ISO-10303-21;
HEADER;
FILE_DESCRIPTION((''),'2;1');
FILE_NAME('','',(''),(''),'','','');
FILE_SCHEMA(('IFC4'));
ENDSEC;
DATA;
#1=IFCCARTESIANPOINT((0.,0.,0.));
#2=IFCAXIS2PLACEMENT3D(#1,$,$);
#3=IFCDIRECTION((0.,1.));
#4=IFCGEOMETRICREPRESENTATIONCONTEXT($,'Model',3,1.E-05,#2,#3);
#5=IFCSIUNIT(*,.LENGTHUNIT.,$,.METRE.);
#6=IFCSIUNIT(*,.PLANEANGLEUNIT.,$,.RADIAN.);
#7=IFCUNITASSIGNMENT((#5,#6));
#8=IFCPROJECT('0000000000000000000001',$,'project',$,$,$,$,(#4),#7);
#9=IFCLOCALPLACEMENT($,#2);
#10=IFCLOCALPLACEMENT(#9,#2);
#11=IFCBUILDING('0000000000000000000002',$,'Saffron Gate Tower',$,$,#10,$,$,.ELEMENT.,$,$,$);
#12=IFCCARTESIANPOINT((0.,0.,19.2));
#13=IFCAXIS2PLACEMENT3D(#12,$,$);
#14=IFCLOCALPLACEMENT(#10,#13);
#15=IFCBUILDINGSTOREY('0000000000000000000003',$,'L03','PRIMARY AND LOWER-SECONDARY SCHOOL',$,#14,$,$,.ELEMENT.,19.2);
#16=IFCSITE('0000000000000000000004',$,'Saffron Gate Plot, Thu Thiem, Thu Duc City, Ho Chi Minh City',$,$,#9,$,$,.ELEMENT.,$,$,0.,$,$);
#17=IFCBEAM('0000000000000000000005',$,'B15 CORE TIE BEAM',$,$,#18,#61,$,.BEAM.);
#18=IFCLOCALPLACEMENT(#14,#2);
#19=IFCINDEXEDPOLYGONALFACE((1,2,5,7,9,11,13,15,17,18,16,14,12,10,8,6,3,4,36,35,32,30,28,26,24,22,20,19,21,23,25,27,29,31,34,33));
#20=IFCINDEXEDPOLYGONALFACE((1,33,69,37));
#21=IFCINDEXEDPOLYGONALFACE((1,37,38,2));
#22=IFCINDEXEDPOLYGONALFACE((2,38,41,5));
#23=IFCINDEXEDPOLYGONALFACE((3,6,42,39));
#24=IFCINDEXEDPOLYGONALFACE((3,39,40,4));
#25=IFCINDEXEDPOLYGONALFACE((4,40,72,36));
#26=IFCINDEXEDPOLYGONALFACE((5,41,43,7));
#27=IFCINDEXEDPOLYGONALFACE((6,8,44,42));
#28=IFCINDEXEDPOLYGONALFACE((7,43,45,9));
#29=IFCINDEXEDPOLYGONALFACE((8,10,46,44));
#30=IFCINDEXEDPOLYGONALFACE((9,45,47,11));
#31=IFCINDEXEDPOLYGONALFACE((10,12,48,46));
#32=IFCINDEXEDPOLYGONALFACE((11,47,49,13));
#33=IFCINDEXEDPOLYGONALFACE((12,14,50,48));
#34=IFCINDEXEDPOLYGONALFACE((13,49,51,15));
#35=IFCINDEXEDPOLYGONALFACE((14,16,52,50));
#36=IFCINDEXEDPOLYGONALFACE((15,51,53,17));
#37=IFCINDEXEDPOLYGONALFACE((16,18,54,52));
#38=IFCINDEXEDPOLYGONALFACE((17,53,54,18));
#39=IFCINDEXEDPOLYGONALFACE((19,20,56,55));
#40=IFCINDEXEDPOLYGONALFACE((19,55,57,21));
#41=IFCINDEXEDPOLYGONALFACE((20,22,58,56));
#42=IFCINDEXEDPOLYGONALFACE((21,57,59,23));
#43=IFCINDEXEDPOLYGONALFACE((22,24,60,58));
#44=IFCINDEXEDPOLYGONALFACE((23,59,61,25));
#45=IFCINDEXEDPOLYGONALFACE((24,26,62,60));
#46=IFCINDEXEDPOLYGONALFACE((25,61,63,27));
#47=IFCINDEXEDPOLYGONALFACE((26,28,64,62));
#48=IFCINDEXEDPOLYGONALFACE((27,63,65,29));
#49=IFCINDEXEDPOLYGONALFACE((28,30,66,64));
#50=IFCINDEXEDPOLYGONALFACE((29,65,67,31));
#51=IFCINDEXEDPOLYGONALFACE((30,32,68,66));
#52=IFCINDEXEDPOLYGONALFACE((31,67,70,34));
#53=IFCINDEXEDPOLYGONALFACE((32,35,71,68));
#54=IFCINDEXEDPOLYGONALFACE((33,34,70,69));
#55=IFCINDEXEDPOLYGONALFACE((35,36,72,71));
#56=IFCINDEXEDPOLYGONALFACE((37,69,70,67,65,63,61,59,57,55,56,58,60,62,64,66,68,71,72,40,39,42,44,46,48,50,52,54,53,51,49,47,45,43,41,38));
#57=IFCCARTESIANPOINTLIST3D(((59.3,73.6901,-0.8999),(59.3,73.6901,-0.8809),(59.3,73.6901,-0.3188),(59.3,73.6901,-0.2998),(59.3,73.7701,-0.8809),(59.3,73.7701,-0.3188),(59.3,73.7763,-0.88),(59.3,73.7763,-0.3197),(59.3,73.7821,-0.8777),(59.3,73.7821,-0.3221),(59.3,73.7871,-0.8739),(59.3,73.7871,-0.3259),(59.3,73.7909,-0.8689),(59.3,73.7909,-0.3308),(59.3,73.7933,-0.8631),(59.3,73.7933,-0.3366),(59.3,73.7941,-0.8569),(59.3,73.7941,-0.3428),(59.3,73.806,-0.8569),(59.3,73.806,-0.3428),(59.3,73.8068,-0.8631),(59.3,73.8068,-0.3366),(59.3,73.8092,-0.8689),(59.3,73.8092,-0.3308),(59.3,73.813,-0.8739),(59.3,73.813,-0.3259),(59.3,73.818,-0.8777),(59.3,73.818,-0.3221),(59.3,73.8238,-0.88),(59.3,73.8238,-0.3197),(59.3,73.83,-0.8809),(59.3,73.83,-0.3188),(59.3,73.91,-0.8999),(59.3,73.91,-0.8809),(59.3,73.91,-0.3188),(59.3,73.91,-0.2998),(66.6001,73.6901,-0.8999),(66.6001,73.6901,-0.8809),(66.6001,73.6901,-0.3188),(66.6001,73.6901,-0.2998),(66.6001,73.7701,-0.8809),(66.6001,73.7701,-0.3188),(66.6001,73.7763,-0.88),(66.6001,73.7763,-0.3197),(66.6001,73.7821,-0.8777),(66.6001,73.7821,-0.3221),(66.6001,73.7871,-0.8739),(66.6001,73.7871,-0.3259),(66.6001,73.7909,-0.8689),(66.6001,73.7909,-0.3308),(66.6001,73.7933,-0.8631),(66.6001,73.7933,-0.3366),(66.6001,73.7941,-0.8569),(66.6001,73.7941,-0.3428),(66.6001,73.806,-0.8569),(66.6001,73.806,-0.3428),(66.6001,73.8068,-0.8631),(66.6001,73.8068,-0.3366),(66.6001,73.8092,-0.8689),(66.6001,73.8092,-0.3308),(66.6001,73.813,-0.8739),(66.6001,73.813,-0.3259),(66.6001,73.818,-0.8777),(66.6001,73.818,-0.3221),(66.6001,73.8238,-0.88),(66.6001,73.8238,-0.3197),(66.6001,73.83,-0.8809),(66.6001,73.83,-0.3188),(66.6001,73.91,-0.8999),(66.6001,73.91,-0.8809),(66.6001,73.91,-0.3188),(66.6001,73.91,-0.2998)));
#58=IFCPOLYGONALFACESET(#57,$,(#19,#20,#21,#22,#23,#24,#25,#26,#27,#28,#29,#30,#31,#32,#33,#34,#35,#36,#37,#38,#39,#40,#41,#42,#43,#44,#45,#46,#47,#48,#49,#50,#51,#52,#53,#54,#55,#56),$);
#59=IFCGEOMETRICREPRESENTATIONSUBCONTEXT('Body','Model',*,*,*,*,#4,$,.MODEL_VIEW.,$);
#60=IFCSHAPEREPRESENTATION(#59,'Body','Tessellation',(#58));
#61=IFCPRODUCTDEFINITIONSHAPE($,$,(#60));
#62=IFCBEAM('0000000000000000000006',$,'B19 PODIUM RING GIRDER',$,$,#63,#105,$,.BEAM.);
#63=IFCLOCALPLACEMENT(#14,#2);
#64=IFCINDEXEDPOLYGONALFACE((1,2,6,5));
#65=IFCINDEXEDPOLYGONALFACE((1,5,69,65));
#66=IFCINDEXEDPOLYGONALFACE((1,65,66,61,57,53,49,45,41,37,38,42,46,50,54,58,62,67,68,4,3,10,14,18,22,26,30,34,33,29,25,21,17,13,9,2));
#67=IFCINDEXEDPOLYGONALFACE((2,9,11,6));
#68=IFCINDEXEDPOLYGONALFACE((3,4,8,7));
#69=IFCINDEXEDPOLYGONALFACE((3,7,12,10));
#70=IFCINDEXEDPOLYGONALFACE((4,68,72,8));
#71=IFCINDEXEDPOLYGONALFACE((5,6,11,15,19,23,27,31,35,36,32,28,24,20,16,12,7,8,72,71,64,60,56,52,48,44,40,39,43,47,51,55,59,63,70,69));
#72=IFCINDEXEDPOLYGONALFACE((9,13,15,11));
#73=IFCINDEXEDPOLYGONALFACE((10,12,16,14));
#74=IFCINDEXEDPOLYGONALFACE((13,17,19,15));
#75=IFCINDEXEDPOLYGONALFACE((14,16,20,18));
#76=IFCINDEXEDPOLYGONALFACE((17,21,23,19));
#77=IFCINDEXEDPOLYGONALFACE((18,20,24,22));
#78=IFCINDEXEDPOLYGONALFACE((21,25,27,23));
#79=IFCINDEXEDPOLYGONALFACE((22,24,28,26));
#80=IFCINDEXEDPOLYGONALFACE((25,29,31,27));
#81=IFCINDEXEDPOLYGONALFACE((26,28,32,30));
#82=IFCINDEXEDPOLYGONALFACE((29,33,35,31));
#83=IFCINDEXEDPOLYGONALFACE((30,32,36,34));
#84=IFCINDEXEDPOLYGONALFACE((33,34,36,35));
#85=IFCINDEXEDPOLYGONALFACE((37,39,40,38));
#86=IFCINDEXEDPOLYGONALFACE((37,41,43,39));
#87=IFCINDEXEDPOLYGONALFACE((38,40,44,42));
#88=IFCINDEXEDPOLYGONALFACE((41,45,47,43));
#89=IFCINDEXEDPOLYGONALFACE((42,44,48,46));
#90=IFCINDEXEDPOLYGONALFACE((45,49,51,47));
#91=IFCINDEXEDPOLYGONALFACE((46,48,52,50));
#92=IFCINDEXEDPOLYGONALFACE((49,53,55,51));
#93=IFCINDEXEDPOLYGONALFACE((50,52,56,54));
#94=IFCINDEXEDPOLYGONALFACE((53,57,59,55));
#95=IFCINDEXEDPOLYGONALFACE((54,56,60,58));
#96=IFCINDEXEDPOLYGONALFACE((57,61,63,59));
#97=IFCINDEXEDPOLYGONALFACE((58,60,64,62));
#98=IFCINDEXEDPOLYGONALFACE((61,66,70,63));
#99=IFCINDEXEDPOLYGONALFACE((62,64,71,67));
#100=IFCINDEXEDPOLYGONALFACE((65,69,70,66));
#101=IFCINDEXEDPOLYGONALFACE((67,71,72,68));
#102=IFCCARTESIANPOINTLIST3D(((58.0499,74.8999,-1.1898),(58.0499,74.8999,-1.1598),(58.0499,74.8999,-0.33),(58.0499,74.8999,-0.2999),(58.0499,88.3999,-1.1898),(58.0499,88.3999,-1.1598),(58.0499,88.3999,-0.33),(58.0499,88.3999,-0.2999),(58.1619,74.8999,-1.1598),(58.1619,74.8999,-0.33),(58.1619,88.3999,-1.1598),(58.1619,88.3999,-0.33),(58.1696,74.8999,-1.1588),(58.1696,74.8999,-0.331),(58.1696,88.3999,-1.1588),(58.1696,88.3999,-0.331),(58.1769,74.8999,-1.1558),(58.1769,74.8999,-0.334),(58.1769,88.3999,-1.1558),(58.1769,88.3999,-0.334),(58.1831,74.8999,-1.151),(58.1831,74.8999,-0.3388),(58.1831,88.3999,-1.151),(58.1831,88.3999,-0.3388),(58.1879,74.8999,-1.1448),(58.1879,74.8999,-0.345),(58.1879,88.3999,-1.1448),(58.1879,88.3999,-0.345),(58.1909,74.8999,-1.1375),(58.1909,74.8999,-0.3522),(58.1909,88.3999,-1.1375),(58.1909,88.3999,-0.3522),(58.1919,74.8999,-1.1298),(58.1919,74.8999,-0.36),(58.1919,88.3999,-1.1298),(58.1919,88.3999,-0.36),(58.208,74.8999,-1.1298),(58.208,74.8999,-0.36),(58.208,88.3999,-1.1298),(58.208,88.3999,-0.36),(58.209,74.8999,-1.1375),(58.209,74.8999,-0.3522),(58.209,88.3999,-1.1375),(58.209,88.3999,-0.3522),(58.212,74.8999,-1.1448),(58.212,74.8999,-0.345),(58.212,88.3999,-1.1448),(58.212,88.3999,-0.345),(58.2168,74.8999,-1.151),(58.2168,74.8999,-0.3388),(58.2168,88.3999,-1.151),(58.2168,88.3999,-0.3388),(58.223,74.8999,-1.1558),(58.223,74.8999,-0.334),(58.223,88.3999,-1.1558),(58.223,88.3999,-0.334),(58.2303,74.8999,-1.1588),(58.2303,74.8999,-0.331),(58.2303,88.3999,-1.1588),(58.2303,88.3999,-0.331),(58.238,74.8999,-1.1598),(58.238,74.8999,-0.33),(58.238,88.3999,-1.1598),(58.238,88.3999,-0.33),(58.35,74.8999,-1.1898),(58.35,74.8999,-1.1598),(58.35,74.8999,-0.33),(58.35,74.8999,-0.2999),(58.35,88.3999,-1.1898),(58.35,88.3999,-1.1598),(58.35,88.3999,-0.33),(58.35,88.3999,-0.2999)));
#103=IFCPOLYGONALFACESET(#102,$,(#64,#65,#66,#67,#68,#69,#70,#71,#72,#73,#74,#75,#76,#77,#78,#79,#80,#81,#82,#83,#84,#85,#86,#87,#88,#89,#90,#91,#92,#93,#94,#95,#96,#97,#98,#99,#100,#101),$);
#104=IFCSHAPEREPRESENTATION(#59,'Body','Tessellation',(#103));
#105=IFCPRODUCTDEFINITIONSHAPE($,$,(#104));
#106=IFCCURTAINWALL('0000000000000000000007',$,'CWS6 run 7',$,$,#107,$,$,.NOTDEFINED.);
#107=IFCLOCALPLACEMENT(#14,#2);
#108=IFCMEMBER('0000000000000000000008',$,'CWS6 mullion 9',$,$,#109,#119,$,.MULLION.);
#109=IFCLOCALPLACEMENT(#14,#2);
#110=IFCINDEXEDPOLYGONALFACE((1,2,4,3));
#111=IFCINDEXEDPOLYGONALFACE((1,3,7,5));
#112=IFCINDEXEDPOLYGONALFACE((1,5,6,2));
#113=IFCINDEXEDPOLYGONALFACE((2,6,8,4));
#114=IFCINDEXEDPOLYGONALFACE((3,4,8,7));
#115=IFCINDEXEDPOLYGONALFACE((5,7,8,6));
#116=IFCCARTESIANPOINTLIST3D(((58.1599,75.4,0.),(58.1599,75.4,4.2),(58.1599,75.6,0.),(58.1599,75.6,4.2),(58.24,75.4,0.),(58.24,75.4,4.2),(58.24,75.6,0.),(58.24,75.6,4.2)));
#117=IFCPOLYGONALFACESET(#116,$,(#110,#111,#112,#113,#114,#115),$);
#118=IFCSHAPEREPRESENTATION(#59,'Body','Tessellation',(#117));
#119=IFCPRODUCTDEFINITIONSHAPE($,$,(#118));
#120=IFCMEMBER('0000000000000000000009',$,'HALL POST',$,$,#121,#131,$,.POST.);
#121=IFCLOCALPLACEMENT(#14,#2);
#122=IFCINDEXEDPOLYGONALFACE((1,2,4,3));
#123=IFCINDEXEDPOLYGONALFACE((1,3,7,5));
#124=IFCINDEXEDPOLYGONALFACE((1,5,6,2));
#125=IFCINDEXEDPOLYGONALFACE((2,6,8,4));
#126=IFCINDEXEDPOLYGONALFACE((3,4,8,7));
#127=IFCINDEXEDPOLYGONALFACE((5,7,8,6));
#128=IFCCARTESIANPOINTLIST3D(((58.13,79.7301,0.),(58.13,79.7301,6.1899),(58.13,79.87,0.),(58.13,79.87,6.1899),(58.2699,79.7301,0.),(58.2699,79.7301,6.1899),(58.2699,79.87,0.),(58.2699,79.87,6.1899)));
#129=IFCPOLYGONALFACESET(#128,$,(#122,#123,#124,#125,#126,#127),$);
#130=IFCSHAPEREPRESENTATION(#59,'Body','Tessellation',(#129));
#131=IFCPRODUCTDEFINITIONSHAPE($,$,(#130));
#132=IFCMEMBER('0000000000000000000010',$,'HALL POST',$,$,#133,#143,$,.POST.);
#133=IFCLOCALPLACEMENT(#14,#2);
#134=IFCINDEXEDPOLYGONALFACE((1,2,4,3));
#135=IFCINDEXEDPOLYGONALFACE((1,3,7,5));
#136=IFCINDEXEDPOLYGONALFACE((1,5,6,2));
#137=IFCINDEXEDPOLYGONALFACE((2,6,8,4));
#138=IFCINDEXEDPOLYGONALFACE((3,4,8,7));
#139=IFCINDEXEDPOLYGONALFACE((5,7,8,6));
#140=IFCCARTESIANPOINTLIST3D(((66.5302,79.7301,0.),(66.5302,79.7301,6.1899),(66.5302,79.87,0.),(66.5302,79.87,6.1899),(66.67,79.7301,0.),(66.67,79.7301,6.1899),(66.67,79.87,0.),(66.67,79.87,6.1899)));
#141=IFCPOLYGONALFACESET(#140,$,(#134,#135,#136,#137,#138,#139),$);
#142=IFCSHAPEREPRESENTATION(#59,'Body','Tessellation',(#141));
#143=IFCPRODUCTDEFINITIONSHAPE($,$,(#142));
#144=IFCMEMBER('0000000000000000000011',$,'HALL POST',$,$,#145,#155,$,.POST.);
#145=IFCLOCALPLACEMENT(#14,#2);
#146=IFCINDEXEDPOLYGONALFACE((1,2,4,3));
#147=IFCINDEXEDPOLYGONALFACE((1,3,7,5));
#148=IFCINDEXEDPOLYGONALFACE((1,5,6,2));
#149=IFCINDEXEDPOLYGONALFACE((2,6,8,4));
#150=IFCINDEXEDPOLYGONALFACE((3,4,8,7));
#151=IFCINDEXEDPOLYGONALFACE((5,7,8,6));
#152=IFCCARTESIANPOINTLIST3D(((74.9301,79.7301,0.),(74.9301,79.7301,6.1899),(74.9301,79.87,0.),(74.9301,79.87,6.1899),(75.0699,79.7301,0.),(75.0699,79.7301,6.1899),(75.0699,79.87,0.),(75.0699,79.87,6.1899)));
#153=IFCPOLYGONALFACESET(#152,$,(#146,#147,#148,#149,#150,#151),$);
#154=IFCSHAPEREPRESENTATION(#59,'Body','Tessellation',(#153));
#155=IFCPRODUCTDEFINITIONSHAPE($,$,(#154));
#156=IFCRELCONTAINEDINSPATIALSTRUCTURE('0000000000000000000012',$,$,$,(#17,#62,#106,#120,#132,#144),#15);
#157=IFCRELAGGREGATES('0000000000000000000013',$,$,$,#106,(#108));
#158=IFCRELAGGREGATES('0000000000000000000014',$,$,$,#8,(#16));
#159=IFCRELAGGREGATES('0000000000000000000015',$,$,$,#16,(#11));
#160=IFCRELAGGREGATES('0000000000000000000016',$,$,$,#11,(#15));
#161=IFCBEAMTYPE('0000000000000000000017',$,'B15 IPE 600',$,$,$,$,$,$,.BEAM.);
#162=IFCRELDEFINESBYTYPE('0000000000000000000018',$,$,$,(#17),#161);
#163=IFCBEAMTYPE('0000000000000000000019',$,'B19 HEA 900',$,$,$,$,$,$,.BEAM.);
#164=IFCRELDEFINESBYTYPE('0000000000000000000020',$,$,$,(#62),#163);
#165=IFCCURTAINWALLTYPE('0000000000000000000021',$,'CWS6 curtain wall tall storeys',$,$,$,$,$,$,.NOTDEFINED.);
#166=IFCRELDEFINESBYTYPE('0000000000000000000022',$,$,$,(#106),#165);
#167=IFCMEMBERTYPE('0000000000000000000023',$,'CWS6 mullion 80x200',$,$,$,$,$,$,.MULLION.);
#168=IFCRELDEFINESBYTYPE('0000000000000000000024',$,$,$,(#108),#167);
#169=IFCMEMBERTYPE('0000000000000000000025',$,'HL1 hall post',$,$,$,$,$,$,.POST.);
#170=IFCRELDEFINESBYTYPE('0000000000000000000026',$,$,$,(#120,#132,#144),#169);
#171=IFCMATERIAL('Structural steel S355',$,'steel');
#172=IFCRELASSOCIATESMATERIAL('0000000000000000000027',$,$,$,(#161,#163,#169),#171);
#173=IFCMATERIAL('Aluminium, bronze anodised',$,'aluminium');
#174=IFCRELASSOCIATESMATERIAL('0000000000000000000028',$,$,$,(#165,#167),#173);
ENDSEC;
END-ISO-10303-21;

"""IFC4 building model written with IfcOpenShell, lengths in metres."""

from ifc_helpers import new_model, si_unit, direction, frame, origin, origin_2d, place, context, subcontext, project, spatial, rectangle, i_section, extrude, material, material_profile, profile_set, type_object, element, aggregate, save


model = new_model("IFC4")

# Units and contexts
model_context = context("Model", 3, precision=1e-05, world=origin(), true_north=direction((0.0, 1.0)))
body_context = subcontext(model_context, "Body", "Model", "MODEL_VIEW")
ifc_project = project(units=[si_unit("LENGTHUNIT", "METRE"), si_unit("PLANEANGLEUNIT", "RADIAN")], contexts=[model_context])

# Site, building, storey
site_placement = place(None, origin())
site = spatial("IfcSite", under=ifc_project, at=site_placement, Name="Saffron Gate Plot, Thu Thiem, Thu Duc City, Ho Chi Minh City", CompositionType="ELEMENT", RefElevation=0.0)
building_placement = place(site_placement, origin())
building = spatial("IfcBuilding", under=site, at=building_placement, Name="Saffron Gate Tower", CompositionType="ELEMENT")
storey_placement = place(building_placement, frame((0.0, 0.0, 19.2)))
storey = spatial("IfcBuildingStorey", under=building, at=storey_placement, Name="L03", Description="PRIMARY AND LOWER-SECONDARY SCHOOL", CompositionType="ELEMENT", Elevation=19.2)

# Beams
ifc_material_1 = material(Name="Structural steel S355", Category="steel")
ifc_material_profile_1 = material_profile(ifc_material_1, i_section(OverallWidth=0.22, OverallDepth=0.6001, WebThickness=0.012, FlangeThickness=0.019, FilletRadius=0.0239, at=origin_2d()))
ifc_profile_set_1 = profile_set([ifc_material_profile_1], Name="Structural steel S355")
beam_type_1 = type_object("IfcBeamType", Name="B15 IPE 600", PredefinedType="BEAM", material=ifc_profile_set_1)
beam_1_placement = place(storey_placement, frame((59.3, 73.8, -0.5999), z_axis=(1.0, 0.0, 0.0), x_axis=(0.0, 1.0, 0.0)))
element("IfcBeam", 1, at=beam_1_placement, inside=storey, type_object=beam_type_1, Name="B15 CORE TIE BEAM", PredefinedType="BEAM", context=body_context, shape_type="SweptSolid", body=[
    extrude(i_section(OverallWidth=0.22, OverallDepth=0.6001, WebThickness=0.012, FlangeThickness=0.019, FilletRadius=0.0239, at=origin_2d()), origin(), (0.0, 0.0, 1.0), 7.3),
])
ifc_material_profile_2 = material_profile(ifc_material_1, i_section(OverallWidth=0.3, OverallDepth=0.8899, WebThickness=0.0161, FlangeThickness=0.03, FilletRadius=0.03, at=origin_2d()))
ifc_profile_set_2 = profile_set([ifc_material_profile_2], Name="Structural steel S355")
beam_type_2 = type_object("IfcBeamType", Name="B19 HEA 900", PredefinedType="BEAM", material=ifc_profile_set_2)
beam_2_placement = place(storey_placement, frame((58.2, 88.3999, -0.7449), z_axis=(0.0, -1.0, 0.0), x_axis=(1.0, 0.0, 0.0)))
element("IfcBeam", 2, at=beam_2_placement, inside=storey, type_object=beam_type_2, Name="B19 PODIUM RING GIRDER", PredefinedType="BEAM", context=body_context, shape_type="SweptSolid", body=[
    extrude(i_section(OverallWidth=0.3, OverallDepth=0.8899, WebThickness=0.0161, FlangeThickness=0.03, FilletRadius=0.03, at=origin_2d()), origin(), (0.0, 0.0, 1.0), 13.5),
])

# Curtain wall, member
ifc_material_2 = material(Name="Aluminium, bronze anodised", Category="aluminium")
curtain_wall_type = type_object("IfcCurtainWallType", Name="CWS6 curtain wall tall storeys", PredefinedType="NOTDEFINED", material=ifc_material_2)
curtain_wall_placement = place(storey_placement, origin())
curtain_wall = element("IfcCurtainWall", 3, at=curtain_wall_placement, inside=storey, type_object=curtain_wall_type, Name="CWS6 run 7", PredefinedType="NOTDEFINED")
ifc_material_profile_3 = material_profile(ifc_material_2, rectangle(XDim=0.2, YDim=0.0801, at=origin_2d()))
ifc_profile_set_3 = profile_set([ifc_material_profile_3], Name="Aluminium, bronze anodised")
member_type_1 = type_object("IfcMemberType", Name="CWS6 mullion 80x200", PredefinedType="MULLION", material=ifc_profile_set_3)
member_placement = place(storey_placement, frame((58.2, 75.5, 0.0), z_axis=(0.0, 0.0, 1.0), x_axis=(0.0, -1.0, 0.0)))
member = element("IfcMember", 4, at=member_placement, type_object=member_type_1, Name="CWS6 mullion 9", PredefinedType="MULLION", context=body_context, shape_type="SweptSolid", body=[
    extrude(rectangle(XDim=0.2, YDim=0.0801, at=origin_2d()), origin(), (0.0, 0.0, 1.0), 4.2),
])

# Members
ifc_material_profile_4 = material_profile(ifc_material_1, rectangle(XDim=0.1399, YDim=0.1399, at=origin_2d()))
ifc_profile_set_4 = profile_set([ifc_material_profile_4], Name="Structural steel S355")
member_type_2 = type_object("IfcMemberType", Name="HL1 hall post", PredefinedType="POST", material=ifc_profile_set_4)
for number, where, z_axis, x_axis, name in (
    (5, (58.2, 79.8, 0.0), (0.0, 0.0, 1.0), (1.0, 0.0, 0.0), "HALL POST"),
    (6, (66.6001, 79.8, 0.0), (0.0, 0.0, 1.0), (1.0, 0.0, 0.0), "HALL POST"),
    (7, (75.0, 79.8, 0.0), (0.0, 0.0, 1.0), (1.0, 0.0, 0.0), "HALL POST"),
):
    element("IfcMember", number, at=place(storey_placement, frame(where, z_axis=z_axis, x_axis=x_axis)), inside=storey, type_object=member_type_2, Name=name, PredefinedType="POST", context=body_context, shape_type="SweptSolid", body=[
        extrude(rectangle(XDim=0.1399, YDim=0.1399, at=origin_2d()), origin(), (0.0, 0.0, 1.0), 6.1899),
    ])

aggregate(curtain_wall, [member])

save(model, "model.ifc")
